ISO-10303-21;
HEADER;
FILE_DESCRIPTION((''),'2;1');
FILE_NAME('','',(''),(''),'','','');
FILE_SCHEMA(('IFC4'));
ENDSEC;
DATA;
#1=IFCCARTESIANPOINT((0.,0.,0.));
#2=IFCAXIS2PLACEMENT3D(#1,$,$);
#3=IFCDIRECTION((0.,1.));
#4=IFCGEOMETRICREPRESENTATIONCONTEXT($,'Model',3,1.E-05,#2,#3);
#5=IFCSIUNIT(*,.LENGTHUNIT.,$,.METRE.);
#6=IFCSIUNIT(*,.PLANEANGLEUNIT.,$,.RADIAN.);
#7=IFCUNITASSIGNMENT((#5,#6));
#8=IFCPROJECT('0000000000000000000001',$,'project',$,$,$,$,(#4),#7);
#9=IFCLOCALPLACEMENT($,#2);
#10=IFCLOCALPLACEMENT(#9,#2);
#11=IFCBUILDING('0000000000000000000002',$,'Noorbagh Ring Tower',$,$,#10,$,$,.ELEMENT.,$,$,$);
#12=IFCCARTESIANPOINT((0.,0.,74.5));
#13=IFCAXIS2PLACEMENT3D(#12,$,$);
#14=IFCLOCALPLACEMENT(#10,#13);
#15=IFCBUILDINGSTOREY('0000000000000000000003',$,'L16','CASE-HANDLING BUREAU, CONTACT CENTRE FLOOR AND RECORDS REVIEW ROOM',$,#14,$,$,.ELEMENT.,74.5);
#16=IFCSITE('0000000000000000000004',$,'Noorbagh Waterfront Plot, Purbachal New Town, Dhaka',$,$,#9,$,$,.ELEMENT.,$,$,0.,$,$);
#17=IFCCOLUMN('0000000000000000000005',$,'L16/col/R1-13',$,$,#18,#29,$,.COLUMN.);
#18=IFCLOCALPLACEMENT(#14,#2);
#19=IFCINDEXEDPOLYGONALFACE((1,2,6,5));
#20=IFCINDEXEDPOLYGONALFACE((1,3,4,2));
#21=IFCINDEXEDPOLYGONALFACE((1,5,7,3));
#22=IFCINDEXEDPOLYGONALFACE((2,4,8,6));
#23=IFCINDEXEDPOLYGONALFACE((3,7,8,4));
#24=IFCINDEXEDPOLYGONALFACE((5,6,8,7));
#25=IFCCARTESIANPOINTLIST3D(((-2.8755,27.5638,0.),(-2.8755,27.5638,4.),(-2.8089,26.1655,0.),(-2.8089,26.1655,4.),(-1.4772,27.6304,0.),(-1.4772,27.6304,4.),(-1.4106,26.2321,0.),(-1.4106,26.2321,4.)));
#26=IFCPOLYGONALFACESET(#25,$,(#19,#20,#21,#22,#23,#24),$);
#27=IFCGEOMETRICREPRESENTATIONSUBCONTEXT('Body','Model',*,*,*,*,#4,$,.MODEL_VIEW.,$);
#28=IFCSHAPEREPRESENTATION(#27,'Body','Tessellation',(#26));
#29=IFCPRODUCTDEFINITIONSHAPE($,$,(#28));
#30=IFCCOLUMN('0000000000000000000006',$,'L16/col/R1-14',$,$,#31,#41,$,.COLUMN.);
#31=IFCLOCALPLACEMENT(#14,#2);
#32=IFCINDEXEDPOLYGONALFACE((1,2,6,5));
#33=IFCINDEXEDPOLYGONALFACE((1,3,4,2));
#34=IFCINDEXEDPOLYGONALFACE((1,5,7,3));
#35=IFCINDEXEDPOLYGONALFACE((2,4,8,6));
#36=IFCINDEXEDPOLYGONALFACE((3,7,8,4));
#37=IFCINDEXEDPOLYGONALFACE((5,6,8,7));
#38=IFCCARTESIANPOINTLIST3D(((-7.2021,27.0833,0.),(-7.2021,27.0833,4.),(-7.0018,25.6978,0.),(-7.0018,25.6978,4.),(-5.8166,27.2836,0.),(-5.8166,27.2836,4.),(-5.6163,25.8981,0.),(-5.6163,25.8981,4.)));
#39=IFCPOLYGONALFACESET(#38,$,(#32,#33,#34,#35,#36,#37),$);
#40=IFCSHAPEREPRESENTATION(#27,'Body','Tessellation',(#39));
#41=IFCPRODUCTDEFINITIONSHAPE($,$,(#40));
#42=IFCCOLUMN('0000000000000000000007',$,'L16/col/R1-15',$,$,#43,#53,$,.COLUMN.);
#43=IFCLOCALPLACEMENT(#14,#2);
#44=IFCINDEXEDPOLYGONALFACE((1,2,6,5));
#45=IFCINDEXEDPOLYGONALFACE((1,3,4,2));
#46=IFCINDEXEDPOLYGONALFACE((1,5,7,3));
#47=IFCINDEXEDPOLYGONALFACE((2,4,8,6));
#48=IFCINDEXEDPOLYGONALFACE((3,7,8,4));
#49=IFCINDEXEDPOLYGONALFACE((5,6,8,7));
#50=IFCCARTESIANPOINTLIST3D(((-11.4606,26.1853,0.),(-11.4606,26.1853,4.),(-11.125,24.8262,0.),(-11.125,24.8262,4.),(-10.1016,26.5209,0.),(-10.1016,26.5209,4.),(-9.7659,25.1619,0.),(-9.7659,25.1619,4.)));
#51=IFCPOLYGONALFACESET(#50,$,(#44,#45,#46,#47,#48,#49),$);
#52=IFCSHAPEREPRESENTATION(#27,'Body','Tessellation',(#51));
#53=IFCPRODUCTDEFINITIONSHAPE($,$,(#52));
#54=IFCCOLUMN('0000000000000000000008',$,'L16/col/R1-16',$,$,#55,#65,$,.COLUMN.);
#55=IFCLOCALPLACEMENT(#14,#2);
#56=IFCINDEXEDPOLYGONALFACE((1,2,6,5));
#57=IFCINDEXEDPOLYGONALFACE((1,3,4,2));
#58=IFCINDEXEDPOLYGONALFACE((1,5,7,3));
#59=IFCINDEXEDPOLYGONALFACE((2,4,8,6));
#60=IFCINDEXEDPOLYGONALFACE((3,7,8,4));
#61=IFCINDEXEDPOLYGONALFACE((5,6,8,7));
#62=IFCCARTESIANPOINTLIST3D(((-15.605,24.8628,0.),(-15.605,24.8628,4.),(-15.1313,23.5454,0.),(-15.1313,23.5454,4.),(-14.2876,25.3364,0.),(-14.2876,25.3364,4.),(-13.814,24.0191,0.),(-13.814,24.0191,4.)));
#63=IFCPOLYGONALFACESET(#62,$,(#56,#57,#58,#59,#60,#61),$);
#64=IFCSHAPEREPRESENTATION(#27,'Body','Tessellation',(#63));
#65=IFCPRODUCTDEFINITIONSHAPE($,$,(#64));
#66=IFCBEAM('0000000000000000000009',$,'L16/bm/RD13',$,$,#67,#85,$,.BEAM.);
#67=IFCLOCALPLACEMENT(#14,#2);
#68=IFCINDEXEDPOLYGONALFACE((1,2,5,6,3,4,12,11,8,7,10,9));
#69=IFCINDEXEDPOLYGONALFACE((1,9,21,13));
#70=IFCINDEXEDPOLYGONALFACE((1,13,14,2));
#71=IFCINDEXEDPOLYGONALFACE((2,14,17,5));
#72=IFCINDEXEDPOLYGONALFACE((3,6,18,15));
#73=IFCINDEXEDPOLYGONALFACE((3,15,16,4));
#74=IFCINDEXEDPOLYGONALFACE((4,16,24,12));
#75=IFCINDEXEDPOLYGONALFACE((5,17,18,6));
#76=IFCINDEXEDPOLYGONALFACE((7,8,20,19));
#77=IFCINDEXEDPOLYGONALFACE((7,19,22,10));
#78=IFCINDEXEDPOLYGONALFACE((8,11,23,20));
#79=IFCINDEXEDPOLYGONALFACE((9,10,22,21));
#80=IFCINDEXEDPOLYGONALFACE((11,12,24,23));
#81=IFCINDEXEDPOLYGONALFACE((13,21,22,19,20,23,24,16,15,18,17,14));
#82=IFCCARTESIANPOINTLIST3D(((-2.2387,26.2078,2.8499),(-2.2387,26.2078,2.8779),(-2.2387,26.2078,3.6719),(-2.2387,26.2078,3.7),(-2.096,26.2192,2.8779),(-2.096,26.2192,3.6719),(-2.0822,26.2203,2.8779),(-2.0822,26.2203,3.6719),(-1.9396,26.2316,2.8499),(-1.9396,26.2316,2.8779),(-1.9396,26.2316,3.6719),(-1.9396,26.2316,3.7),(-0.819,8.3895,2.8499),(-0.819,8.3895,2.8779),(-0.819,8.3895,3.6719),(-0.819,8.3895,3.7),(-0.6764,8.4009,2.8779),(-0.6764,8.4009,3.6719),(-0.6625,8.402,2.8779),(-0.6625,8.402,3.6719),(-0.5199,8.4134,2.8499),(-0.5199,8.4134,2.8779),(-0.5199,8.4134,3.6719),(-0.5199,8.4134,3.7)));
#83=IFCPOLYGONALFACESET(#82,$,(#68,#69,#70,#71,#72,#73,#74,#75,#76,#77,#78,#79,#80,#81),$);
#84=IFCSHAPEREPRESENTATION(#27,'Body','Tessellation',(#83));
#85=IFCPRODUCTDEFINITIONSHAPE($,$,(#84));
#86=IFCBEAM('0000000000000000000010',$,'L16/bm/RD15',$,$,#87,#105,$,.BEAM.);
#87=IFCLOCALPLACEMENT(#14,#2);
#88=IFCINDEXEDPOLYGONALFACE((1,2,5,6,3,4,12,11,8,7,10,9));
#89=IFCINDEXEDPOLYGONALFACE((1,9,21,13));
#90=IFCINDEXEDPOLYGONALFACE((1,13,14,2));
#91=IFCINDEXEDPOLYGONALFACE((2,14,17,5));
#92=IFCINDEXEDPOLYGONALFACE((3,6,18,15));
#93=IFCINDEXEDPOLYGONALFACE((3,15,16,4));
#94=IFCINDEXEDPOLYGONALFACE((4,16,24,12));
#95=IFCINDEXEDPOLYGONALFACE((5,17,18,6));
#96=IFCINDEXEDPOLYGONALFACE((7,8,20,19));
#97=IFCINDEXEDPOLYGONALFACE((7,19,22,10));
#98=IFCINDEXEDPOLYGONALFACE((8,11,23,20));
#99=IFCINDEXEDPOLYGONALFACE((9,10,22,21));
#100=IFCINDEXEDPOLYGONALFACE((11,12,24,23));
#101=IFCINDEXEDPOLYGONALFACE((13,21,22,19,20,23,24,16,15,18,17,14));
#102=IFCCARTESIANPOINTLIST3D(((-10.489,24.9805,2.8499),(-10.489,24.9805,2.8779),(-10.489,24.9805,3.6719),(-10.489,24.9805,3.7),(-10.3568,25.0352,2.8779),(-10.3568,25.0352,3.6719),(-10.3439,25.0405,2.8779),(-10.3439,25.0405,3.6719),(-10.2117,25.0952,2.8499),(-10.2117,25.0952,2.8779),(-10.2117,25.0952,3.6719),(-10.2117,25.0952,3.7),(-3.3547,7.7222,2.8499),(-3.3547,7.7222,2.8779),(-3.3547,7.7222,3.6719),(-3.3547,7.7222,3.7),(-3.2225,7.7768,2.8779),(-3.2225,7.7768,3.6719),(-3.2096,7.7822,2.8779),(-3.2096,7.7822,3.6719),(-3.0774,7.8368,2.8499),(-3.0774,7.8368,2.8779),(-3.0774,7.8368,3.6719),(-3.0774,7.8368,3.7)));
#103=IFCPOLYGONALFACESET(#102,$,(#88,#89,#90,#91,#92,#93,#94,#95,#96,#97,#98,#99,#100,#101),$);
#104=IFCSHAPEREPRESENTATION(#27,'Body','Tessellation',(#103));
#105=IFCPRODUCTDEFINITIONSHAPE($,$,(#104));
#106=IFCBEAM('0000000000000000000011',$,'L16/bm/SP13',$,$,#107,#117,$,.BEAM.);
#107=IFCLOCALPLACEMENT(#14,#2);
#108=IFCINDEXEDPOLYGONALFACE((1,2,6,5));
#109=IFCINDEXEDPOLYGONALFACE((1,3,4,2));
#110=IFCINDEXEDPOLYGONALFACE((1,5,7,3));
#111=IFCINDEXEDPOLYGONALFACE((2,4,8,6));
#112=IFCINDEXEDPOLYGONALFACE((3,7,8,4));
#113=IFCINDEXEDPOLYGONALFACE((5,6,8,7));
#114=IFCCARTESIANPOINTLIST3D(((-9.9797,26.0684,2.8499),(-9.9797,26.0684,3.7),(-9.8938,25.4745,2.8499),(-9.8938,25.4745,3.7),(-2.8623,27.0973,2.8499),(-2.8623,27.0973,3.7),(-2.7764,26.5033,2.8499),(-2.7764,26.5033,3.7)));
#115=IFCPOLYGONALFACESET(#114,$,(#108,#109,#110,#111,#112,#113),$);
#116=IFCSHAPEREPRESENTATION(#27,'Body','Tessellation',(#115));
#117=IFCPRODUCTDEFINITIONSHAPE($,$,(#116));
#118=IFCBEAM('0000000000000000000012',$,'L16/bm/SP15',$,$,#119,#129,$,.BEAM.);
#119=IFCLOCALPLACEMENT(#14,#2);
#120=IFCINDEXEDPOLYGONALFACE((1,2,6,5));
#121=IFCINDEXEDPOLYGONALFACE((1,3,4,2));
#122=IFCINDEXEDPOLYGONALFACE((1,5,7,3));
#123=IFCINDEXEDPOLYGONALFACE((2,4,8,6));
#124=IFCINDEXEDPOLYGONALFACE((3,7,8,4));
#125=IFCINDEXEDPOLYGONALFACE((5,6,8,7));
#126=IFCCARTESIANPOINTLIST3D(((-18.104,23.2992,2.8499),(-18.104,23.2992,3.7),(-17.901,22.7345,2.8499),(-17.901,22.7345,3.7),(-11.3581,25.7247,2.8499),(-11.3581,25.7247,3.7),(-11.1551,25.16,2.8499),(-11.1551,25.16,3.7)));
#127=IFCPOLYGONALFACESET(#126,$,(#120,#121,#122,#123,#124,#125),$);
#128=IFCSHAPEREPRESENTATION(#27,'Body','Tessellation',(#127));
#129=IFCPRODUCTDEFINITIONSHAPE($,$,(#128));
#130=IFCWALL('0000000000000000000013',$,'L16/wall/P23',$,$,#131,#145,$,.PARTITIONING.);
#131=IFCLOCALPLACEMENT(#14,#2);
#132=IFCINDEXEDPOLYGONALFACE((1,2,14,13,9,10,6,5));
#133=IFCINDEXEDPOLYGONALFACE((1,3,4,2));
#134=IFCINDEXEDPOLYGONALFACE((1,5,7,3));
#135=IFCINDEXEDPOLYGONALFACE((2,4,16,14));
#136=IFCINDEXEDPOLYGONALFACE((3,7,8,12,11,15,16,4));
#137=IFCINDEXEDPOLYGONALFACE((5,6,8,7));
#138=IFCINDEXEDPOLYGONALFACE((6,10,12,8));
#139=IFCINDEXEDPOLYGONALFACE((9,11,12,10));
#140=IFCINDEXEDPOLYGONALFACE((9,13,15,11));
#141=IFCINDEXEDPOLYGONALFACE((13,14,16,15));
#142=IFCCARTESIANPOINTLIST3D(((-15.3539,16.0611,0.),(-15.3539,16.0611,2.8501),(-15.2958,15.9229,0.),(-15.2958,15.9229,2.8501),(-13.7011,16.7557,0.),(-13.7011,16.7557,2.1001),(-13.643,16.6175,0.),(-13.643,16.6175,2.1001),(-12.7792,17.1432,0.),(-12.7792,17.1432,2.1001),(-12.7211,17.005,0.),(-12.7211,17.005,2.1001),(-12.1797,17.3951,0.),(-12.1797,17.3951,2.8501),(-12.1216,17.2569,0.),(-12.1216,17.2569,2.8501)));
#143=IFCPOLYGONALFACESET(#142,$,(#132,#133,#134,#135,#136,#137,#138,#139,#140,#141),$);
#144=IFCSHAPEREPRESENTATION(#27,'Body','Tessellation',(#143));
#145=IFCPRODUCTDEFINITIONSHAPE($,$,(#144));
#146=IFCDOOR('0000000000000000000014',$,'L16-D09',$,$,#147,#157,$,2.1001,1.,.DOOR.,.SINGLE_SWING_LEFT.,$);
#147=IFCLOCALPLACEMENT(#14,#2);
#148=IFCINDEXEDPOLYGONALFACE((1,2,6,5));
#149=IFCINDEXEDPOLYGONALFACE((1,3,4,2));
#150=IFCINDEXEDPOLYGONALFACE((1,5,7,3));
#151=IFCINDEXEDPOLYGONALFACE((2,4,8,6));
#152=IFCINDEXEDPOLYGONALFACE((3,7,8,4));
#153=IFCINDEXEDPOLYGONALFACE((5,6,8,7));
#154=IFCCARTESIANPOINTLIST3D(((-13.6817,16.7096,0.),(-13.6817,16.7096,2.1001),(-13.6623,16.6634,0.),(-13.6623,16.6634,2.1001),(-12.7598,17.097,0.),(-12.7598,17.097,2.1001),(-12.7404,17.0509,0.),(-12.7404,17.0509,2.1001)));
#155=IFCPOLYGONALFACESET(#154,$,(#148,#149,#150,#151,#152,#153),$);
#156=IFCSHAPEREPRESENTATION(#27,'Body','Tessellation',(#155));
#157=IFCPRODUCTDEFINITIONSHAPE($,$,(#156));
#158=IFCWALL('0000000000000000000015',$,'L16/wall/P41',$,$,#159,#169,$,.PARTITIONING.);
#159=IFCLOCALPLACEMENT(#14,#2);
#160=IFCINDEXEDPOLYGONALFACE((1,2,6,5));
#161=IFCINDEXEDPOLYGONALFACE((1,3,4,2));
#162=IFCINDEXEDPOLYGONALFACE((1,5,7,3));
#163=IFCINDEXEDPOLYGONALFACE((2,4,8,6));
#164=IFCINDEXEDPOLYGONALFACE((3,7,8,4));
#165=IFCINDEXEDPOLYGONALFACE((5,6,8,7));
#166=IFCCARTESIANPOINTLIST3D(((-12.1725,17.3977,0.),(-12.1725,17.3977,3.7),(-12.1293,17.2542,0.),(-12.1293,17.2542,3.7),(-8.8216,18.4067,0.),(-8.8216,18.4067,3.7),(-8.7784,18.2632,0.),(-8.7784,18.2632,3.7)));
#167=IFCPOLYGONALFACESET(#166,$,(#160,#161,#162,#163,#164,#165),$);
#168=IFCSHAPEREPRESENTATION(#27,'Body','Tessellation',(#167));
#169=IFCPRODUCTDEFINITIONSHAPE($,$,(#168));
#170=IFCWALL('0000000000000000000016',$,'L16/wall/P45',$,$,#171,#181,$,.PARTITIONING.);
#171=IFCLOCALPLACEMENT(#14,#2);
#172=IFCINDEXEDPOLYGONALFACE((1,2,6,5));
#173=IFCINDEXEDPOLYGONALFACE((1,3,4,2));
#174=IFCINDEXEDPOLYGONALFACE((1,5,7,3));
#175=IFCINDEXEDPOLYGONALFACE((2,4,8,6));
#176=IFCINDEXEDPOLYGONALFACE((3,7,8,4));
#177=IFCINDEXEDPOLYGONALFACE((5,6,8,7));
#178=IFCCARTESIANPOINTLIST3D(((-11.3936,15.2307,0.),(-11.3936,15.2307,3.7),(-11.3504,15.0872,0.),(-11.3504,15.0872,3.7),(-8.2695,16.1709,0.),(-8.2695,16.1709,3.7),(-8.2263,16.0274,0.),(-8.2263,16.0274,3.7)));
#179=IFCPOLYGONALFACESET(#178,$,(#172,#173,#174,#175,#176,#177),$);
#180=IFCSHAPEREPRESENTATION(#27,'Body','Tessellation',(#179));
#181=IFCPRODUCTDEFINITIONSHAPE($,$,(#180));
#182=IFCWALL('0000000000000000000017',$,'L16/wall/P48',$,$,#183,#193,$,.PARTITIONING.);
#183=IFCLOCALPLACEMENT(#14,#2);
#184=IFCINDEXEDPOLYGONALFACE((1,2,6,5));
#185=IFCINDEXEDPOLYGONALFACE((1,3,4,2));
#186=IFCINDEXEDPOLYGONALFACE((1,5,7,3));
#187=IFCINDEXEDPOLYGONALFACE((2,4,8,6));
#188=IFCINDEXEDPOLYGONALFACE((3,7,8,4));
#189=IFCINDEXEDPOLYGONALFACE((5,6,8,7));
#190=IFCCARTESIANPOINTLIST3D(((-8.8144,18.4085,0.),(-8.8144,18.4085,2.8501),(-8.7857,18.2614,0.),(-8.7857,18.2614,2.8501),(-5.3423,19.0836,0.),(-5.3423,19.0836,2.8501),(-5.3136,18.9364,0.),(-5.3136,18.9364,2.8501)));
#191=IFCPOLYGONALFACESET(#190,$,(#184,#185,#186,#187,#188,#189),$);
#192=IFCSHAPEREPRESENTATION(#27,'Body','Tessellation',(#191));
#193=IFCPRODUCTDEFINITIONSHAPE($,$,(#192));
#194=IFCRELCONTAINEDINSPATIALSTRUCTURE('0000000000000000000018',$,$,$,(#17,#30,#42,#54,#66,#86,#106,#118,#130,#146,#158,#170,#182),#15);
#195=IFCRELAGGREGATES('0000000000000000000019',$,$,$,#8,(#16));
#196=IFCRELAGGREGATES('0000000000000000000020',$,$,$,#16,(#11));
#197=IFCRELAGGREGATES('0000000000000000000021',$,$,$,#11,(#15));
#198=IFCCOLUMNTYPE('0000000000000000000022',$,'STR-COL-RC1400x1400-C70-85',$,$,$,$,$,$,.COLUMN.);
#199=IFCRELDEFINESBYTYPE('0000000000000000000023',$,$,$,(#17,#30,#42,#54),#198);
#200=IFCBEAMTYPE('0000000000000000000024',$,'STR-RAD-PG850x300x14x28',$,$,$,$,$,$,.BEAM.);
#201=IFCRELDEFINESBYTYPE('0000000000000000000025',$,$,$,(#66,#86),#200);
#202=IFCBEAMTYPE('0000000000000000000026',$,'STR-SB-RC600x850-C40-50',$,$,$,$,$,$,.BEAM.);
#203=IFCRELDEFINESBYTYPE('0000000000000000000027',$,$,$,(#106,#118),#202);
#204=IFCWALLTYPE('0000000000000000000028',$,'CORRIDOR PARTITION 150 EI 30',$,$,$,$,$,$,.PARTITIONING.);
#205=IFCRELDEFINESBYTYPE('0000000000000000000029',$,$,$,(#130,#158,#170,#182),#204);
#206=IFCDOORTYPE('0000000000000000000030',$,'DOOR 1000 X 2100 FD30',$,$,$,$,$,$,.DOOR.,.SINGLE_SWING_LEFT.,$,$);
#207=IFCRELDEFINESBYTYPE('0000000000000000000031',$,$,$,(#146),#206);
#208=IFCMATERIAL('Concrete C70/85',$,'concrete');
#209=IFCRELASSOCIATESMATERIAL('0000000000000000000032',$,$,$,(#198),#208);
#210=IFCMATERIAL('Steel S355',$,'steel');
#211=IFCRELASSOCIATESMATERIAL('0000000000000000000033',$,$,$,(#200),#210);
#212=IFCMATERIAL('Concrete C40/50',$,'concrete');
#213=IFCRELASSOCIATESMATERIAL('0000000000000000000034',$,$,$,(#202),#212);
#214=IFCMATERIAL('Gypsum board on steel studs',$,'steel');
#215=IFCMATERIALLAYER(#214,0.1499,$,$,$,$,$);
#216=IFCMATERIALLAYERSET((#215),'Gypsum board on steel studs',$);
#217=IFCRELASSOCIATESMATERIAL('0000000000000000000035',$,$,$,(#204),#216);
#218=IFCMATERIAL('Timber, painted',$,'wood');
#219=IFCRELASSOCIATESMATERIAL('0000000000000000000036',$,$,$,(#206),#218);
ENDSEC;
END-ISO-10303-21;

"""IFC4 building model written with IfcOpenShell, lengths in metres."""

from ifc_helpers import new_model, si_unit, direction, frame, frame_2d, origin, origin_2d, place, context, subcontext, project, spatial, rectangle, i_section, extrude, material, layer, layer_set, material_profile, profile_set, type_object, element, fill, save


model = new_model("IFC4")

# Units and contexts
model_context = context("Model", 3, precision=1e-05, world=origin(), true_north=direction((0.0, 1.0)))
body_context = subcontext(model_context, "Body", "Model", "MODEL_VIEW")
ifc_project = project(units=[si_unit("LENGTHUNIT", "METRE"), si_unit("PLANEANGLEUNIT", "RADIAN")], contexts=[model_context])

# Site, building, storey
site_placement = place(None, origin())
site = spatial("IfcSite", under=ifc_project, at=site_placement, Name="Noorbagh Waterfront Plot, Purbachal New Town, Dhaka", CompositionType="ELEMENT", RefElevation=0.0)
building_placement = place(site_placement, origin())
building = spatial("IfcBuilding", under=site, at=building_placement, Name="Noorbagh Ring Tower", CompositionType="ELEMENT")
storey_placement = place(building_placement, frame((0.0, 0.0, 74.5)))
storey = spatial("IfcBuildingStorey", under=building, at=storey_placement, Name="L16", Description="CASE-HANDLING BUREAU, CONTACT CENTRE FLOOR AND RECORDS REVIEW ROOM", CompositionType="ELEMENT", Elevation=74.5)

# Columns
ifc_material_1 = material(Name="Concrete C70/85", Category="concrete")
ifc_material_profile_1 = material_profile(ifc_material_1, rectangle(XDim=1.3999, YDim=1.3999, at=origin_2d()), Name="RC1400x1400")
ifc_profile_set_1 = profile_set([ifc_material_profile_1], Name="Concrete C70/85")
column_type = type_object("IfcColumnType", Name="STR-COL-RC1400x1400-C70-85", PredefinedType="COLUMN", material=ifc_profile_set_1)
for number, where, z_axis, x_axis, name in (
    (1, (-2.1431, 26.8979, 0.0), (0.0, 0.0, 1.0), (-0.998869, -0.047553, 0.0), "L16/col/R1-13"),
    (2, (-6.4092, 26.4907, 0.0), (0.0, 0.0, 1.0), (-0.989713, -0.143066, 0.0), "L16/col/R1-14"),
    (3, (-10.6133, 25.6736, 0.0), (0.0, 0.0, 1.0), (-0.970829, -0.239771, 0.0), "L16/col/R1-15"),
    (4, (-14.7095, 24.4409, 0.0), (0.0, 0.0, 1.0), (-0.941025, -0.338338, 0.0), "L16/col/R1-16"),
):
    element("IfcColumn", number, at=place(storey_placement, frame(where, z_axis=z_axis, x_axis=x_axis)), inside=storey, type_object=column_type, Name=name, PredefinedType="COLUMN", context=body_context, shape_type="SweptSolid", body=[
        extrude(rectangle(XDim=1.3999, YDim=1.3999, at=origin_2d()), origin(), (0.0, 0.0, 1.0), 4.0),
    ])

# Beams
ifc_material_2 = material(Name="Steel S355", Category="steel")
ifc_material_profile_2 = material_profile(ifc_material_2, i_section(OverallWidth=0.3, OverallDepth=0.8501, WebThickness=0.0139, FlangeThickness=0.0281, at=origin_2d()), Name="PG850x300x14x28")
ifc_profile_set_2 = profile_set([ifc_material_profile_2], Name="Steel S355")
beam_type_1 = type_object("IfcBeamType", Name="STR-RAD-PG850x300x14x28", PredefinedType="BEAM", material=ifc_profile_set_2)
beam_1_placement = place(storey_placement, frame((-2.0891, 26.2197, 3.2749), z_axis=(0.079423, -0.996841, 0.0), x_axis=(0.996841, 0.079423, 0.0)))
element("IfcBeam", 5, at=beam_1_placement, inside=storey, type_object=beam_type_1, Name="L16/bm/RD13", PredefinedType="BEAM", context=body_context, shape_type="SweptSolid", body=[
    extrude(i_section(OverallWidth=0.3, OverallDepth=0.8501, WebThickness=0.0139, FlangeThickness=0.0281, at=origin_2d()), origin(), (0.0, 0.0, 1.0), 17.8748),
])
beam_2_placement = place(storey_placement, frame((-10.3503, 25.0378, 3.2749), z_axis=(0.382028, -0.924151, 0.0), x_axis=(0.924151, 0.382028, 0.0)))
element("IfcBeam", 6, at=beam_2_placement, inside=storey, type_object=beam_type_1, Name="L16/bm/RD15", PredefinedType="BEAM", context=body_context, shape_type="SweptSolid", body=[
    extrude(i_section(OverallWidth=0.3, OverallDepth=0.8501, WebThickness=0.0139, FlangeThickness=0.0281, at=origin_2d()), origin(), (0.0, 0.0, 1.0), 18.6748),
])
ifc_material_3 = material(Name="Concrete C40/50", Category="concrete")
ifc_material_profile_3 = material_profile(ifc_material_3, rectangle(XDim=0.6001, YDim=0.8501, at=origin_2d()), Name="RC600x850")
ifc_profile_set_3 = profile_set([ifc_material_profile_3], Name="Concrete C40/50")
beam_type_2 = type_object("IfcBeamType", Name="STR-SB-RC600x850-C40-50", PredefinedType="BEAM", material=ifc_profile_set_3)
beam_3_placement = place(storey_placement, frame((-2.8193, 26.8003, 3.2749), z_axis=(-0.989714, -0.143061, 0.0), x_axis=(0.143061, -0.989714, 0.0)))
element("IfcBeam", 7, at=beam_3_placement, inside=storey, type_object=beam_type_2, Name="L16/bm/SP13", PredefinedType="BEAM", context=body_context, shape_type="SweptSolid", body=[
    extrude(rectangle(XDim=0.6001, YDim=0.8501, at=origin_2d()), origin(), (0.0, 0.0, 1.0), 7.1914),
])
beam_4_placement = place(storey_placement, frame((-11.2566, 25.4424, 3.2749), z_axis=(-0.941019, -0.338353, 0.0), x_axis=(0.338353, -0.941019, 0.0)))
element("IfcBeam", 8, at=beam_4_placement, inside=storey, type_object=beam_type_2, Name="L16/bm/SP15", PredefinedType="BEAM", context=body_context, shape_type="SweptSolid", body=[
    extrude(rectangle(XDim=0.6001, YDim=0.8501, at=origin_2d()), origin(), (0.0, 0.0, 1.0), 7.1687),
])

# Wall, opening, door
ifc_material_4 = material(Name="Gypsum board on steel studs", Category="steel")
ifc_layer_1 = layer(ifc_material_4, 0.1499)
ifc_layer_set_1 = layer_set([ifc_layer_1], Name="Gypsum board on steel studs")
wall_type_1 = type_object("IfcWallType", Name="CORRIDOR PARTITION 150 EI 30", PredefinedType="PARTITIONING", material=ifc_layer_set_1)
wall_1_placement = place(storey_placement, frame((-15.325, 15.9919, 0.0), z_axis=(0.0, 0.0, 1.0), x_axis=(0.921891, 0.387448, 0.0)))
wall_1 = element("IfcWall", 9, at=wall_1_placement, inside=storey, type_object=wall_type_1, Name="L16/wall/P23", PredefinedType="PARTITIONING", context=body_context, shape_type="SweptSolid", body=[
    extrude(rectangle(XDim=3.4431, YDim=0.1499, at=frame_2d((1.7217, 0.0))), origin(), (0.0, 0.0, 1.0), 2.8501),
])
opening_1_placement = place(wall_1_placement, frame((1.793, 0.0, 0.0)))
opening_1 = element("IfcOpeningElement", 10, at=opening_1_placement, cuts=wall_1, PredefinedType="OPENING", context=body_context, shape_type="SweptSolid", body=[
    extrude(rectangle(XDim=1.0, YDim=2.1001, at=frame_2d((0.5, 1.05))), frame((0.0, 0.085, 0.0), z_axis=(0.0, -1.0, 0.0), x_axis=(1.0, 0.0, 0.0)), (0.0, 0.0, 1.0), 0.1699),
])
ifc_material_5 = material(Name="Timber, painted", Category="wood")
door_type_1 = type_object("IfcDoorType", Name="DOOR 1000 X 2100 FD30", OperationType="SINGLE_SWING_LEFT", PredefinedType="DOOR", material=ifc_material_5)
door_1_placement = place(opening_1_placement, origin())
door_1 = element("IfcDoor", 11, at=door_1_placement, inside=storey, type_object=door_type_1, Name="L16-D09", OperationType="SINGLE_SWING_LEFT", OverallHeight=2.1001, OverallWidth=1.0, PredefinedType="DOOR", context=body_context, shape_type="SweptSolid", body=[
    extrude(rectangle(XDim=1.0, YDim=2.1001, at=frame_2d((0.5, 1.05))), frame((0.0, 0.0249, 0.0), z_axis=(0.0, -1.0, 0.0), x_axis=(1.0, 0.0, 0.0)), (0.0, 0.0, 1.0), 0.05),
])
fill(opening_1, door_1)

# Walls
wall_2_placement = place(storey_placement, frame((-12.1509, 17.3259, 0.0), z_axis=(0.0, 0.0, 1.0), x_axis=(0.957528, 0.28834, 0.0)))
element("IfcWall", 12, at=wall_2_placement, inside=storey, type_object=wall_type_1, Name="L16/wall/P41", PredefinedType="PARTITIONING", context=body_context, shape_type="SweptSolid", body=[
    extrude(rectangle(XDim=3.4995, YDim=0.1499, at=frame_2d((1.7498, 0.0))), origin(), (0.0, 0.0, 1.0), 3.7),
])
wall_3_placement = place(storey_placement, frame((-11.3721, 15.1589, 0.0), z_axis=(0.0, 0.0, 1.0), x_axis=(0.957575, 0.288185, 0.0)))
element("IfcWall", 13, at=wall_3_placement, inside=storey, type_object=wall_type_1, Name="L16/wall/P45", PredefinedType="PARTITIONING", context=body_context, shape_type="SweptSolid", body=[
    extrude(rectangle(XDim=3.2625, YDim=0.1499, at=frame_2d((1.6313, 0.0))), origin(), (0.0, 0.0, 1.0), 3.7),
])
wall_4_placement = place(storey_placement, frame((-8.8, 18.335, 0.0), z_axis=(0.0, 0.0, 1.0), x_axis=(0.98162, 0.190844, 0.0)))
element("IfcWall", 14, at=wall_4_placement, inside=storey, type_object=wall_type_1, Name="L16/wall/P48", PredefinedType="PARTITIONING", context=body_context, shape_type="SweptSolid", body=[
    extrude(rectangle(XDim=3.5371, YDim=0.1499, at=frame_2d((1.7686, 0.0))), origin(), (0.0, 0.0, 1.0), 2.8501),
])

save(model, "model.ifc")
